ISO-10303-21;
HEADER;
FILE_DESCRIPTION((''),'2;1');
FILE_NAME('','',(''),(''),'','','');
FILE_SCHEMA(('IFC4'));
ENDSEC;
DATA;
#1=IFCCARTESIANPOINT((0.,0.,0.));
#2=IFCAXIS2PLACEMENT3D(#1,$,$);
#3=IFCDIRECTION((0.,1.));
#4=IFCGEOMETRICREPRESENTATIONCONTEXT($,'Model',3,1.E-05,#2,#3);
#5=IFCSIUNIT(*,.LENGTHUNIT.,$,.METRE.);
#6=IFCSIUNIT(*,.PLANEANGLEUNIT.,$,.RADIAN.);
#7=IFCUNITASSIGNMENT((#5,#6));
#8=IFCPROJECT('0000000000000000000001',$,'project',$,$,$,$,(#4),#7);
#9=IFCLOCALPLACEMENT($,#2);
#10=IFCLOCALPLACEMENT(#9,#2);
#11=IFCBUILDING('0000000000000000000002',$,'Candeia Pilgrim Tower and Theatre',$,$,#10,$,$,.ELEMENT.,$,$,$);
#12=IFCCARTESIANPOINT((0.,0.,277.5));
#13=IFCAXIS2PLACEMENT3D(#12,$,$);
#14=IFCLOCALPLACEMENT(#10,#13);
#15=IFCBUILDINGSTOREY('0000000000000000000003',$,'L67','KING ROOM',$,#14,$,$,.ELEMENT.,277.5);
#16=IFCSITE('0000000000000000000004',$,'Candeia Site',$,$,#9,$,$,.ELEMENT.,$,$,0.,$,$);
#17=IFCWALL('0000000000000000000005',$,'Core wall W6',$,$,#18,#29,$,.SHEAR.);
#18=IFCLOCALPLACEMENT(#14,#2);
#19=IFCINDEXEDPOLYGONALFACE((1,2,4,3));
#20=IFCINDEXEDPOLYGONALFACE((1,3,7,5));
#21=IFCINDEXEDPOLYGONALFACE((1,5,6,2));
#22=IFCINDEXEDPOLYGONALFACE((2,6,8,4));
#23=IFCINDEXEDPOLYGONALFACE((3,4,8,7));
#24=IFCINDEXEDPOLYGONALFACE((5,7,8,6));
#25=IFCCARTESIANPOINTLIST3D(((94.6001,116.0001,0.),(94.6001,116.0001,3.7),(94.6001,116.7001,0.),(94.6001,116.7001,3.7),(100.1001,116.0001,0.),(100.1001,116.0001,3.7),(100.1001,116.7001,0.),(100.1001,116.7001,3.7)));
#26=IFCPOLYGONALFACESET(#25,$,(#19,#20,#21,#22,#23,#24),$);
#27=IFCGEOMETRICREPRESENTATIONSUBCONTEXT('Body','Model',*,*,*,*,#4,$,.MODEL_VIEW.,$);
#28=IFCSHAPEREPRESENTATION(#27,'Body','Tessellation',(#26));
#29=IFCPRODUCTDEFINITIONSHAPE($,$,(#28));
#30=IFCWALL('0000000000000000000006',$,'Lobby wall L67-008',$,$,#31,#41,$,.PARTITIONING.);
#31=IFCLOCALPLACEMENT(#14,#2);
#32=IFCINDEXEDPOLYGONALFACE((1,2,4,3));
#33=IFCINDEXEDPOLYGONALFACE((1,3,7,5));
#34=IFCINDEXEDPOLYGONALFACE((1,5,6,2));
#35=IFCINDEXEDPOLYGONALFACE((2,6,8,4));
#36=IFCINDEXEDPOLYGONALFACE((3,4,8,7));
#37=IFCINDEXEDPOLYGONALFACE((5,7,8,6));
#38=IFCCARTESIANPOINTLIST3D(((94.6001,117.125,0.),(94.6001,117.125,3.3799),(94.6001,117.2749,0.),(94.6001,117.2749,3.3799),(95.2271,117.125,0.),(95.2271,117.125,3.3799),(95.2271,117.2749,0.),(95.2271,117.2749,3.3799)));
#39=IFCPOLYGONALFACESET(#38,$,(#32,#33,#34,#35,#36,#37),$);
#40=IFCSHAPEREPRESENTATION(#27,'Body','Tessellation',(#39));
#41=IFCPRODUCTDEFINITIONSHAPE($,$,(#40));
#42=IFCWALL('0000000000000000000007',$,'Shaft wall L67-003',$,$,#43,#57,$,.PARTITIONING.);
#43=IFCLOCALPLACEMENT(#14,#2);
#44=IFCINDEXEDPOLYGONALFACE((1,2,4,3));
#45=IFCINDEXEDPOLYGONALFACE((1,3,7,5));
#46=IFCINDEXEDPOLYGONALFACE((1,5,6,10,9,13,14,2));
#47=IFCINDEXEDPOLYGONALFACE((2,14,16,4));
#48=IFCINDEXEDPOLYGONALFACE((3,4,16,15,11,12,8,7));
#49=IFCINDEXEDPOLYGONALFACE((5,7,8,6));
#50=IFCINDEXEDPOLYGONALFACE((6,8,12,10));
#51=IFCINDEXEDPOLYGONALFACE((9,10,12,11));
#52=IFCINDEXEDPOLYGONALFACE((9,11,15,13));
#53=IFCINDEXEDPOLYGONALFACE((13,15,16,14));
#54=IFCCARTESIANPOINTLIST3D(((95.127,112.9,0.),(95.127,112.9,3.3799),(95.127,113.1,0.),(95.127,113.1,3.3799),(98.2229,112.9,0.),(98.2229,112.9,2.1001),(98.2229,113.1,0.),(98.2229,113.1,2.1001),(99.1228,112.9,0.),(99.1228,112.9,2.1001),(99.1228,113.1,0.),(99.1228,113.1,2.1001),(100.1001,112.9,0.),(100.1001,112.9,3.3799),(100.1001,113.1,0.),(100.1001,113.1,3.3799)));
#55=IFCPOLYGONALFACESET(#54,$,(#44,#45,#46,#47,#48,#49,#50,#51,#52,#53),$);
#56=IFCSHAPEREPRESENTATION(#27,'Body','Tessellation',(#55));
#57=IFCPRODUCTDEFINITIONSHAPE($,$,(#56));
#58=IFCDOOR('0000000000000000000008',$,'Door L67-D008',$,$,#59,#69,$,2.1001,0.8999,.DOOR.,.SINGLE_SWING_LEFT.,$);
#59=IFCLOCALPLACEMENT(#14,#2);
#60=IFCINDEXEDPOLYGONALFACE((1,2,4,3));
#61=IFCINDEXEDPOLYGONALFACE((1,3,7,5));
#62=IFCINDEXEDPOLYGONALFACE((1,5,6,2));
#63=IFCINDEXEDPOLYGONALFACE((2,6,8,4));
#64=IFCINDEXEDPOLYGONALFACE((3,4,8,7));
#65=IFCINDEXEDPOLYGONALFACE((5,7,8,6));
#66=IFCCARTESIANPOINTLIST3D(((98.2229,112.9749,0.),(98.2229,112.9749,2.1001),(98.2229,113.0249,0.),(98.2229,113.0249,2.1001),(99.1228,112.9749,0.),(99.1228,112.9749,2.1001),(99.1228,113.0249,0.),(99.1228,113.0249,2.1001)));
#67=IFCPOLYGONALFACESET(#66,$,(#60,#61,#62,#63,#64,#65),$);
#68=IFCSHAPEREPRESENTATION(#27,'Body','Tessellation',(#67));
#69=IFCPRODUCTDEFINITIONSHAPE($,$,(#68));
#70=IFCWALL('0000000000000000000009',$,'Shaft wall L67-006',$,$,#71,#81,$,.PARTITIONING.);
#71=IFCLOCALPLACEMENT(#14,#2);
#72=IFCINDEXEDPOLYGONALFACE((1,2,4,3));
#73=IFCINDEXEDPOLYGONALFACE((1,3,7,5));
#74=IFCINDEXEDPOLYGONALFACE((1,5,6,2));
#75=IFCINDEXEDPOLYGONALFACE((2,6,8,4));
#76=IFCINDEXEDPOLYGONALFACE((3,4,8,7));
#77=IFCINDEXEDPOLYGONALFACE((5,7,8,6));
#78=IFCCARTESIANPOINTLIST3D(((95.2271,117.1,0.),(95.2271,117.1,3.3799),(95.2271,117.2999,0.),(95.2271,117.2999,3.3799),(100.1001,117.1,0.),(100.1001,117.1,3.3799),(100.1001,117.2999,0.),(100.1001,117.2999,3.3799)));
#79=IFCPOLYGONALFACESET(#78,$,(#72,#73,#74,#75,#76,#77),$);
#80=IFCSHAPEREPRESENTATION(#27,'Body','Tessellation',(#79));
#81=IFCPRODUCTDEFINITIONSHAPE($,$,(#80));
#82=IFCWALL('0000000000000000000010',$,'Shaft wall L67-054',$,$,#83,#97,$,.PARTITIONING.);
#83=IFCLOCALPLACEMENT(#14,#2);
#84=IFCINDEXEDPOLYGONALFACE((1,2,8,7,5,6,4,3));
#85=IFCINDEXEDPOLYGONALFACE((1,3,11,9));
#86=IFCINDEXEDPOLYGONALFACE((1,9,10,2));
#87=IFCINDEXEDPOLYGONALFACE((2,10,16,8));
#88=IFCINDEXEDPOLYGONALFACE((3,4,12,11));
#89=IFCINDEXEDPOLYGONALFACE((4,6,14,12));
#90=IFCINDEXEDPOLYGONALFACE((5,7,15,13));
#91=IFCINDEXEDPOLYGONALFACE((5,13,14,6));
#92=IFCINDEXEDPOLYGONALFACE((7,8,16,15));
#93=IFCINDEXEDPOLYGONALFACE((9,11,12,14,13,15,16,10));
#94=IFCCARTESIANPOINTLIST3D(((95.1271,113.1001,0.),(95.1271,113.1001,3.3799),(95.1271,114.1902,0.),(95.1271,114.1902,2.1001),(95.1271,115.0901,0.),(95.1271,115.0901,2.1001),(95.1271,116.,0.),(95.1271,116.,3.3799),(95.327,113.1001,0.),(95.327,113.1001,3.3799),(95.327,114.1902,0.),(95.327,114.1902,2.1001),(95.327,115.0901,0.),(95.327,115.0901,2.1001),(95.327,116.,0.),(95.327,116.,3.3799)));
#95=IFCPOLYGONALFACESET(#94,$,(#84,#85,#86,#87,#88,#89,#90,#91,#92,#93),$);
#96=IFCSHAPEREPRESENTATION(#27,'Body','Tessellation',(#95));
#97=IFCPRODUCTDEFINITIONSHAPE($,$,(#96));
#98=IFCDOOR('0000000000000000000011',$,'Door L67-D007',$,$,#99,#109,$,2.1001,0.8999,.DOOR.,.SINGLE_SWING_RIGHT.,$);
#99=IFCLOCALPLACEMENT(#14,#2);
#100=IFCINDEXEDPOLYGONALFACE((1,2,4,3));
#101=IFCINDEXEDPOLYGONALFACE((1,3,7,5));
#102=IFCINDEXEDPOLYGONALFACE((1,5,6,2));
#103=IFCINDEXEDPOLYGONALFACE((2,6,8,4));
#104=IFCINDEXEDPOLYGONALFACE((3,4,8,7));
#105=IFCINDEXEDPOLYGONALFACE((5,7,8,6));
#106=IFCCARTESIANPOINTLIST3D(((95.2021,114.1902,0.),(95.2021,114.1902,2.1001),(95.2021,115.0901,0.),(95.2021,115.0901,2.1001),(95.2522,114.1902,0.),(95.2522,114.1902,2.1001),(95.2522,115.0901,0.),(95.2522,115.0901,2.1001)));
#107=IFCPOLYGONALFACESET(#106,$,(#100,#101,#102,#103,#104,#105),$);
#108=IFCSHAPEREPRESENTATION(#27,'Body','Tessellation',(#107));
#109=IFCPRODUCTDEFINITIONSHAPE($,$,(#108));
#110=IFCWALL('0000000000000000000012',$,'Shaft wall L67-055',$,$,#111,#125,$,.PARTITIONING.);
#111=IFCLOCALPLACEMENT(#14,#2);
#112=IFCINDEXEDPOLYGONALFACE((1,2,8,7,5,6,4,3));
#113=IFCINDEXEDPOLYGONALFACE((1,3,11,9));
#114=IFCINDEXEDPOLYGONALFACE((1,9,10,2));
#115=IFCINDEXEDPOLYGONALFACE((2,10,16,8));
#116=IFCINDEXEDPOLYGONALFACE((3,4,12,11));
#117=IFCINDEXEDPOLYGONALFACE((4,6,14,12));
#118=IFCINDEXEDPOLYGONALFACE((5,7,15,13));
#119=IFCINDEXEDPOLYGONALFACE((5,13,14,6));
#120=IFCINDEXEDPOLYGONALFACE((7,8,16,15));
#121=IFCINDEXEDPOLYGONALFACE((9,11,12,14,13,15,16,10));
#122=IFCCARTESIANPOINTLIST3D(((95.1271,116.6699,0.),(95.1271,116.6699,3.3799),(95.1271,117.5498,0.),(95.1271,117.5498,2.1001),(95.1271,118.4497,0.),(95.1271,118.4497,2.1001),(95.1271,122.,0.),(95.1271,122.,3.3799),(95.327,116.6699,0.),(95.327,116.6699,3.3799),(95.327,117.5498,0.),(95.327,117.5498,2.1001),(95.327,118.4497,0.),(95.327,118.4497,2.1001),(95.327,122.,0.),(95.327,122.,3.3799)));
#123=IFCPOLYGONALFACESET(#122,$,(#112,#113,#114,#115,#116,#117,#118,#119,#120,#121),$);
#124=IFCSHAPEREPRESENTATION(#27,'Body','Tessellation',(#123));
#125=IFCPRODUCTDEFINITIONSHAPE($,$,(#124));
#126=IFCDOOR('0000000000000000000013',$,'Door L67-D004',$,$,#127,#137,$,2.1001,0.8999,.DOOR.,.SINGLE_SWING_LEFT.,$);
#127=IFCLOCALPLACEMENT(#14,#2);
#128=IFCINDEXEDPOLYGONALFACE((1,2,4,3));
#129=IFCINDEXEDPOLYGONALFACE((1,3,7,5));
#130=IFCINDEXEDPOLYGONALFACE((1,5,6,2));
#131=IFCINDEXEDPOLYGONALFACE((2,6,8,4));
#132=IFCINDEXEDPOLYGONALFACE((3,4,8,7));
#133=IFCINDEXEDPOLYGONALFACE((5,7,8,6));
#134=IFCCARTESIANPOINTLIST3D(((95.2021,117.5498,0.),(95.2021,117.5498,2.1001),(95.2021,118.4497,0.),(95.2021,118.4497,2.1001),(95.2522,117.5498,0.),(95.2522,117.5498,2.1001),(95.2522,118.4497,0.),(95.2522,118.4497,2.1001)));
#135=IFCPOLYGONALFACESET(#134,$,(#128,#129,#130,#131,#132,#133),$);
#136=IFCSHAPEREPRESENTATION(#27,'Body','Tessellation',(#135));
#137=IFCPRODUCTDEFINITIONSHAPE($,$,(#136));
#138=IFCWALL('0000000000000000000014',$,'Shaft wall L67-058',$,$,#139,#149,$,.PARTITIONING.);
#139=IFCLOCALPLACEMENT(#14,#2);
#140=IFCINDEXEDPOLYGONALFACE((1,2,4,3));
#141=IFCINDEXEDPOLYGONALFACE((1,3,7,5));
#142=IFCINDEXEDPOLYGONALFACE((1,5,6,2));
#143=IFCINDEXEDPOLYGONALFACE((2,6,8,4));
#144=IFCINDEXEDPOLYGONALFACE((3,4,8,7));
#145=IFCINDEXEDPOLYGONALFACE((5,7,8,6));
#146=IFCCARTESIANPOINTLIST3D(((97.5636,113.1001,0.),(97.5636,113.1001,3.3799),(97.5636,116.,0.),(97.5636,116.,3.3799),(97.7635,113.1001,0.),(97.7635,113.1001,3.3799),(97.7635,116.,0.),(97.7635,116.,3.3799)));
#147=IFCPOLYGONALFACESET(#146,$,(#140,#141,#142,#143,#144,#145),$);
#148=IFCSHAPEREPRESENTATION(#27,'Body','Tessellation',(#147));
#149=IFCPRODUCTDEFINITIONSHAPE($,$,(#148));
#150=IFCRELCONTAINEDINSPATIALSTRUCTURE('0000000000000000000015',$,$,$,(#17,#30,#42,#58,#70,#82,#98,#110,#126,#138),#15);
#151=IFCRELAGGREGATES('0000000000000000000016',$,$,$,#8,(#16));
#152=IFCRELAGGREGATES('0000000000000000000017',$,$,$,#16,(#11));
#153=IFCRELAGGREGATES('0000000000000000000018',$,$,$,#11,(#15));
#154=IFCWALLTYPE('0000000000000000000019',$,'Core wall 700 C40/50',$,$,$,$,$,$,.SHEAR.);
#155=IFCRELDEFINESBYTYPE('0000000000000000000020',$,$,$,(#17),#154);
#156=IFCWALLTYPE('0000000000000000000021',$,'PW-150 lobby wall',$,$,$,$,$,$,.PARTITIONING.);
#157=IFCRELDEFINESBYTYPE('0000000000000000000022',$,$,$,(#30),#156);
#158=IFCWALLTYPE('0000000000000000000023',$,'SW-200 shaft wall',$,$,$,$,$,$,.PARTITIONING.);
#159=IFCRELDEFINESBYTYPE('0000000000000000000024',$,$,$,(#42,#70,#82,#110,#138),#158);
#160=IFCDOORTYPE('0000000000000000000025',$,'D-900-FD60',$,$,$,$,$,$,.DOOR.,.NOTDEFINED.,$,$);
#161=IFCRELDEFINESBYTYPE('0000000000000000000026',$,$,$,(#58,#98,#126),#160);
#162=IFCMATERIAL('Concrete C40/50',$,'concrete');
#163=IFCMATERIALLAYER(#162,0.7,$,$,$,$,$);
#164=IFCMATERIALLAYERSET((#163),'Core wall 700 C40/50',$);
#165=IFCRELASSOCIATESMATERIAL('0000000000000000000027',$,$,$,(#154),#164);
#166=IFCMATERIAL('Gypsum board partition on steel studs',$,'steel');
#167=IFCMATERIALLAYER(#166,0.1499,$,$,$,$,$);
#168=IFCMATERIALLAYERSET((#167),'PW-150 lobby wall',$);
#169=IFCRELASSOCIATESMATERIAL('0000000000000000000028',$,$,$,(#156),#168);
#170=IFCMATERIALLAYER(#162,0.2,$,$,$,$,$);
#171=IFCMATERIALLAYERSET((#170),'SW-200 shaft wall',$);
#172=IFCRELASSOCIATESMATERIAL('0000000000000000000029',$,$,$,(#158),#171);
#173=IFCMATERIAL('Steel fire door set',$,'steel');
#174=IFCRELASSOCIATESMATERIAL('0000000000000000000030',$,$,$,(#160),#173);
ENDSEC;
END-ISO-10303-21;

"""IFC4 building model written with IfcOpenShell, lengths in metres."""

from ifc_helpers import new_model, si_unit, direction, frame, frame_2d, origin, place, context, subcontext, project, spatial, rectangle, extrude, material, layer, layer_set, type_object, element, fill, save


model = new_model("IFC4")

# Units and contexts
model_context = context("Model", 3, precision=1e-05, world=origin(), true_north=direction((0.0, 1.0)))
body_context = subcontext(model_context, "Body", "Model", "MODEL_VIEW")
ifc_project = project(units=[si_unit("LENGTHUNIT", "METRE"), si_unit("PLANEANGLEUNIT", "RADIAN")], contexts=[model_context])

# Site, building, storey
site_placement = place(None, origin())
site = spatial("IfcSite", under=ifc_project, at=site_placement, Name="Candeia Site", CompositionType="ELEMENT", RefElevation=0.0)
building_placement = place(site_placement, origin())
building = spatial("IfcBuilding", under=site, at=building_placement, Name="Candeia Pilgrim Tower and Theatre", CompositionType="ELEMENT")
storey_placement = place(building_placement, frame((0.0, 0.0, 277.5)))
storey = spatial("IfcBuildingStorey", under=building, at=storey_placement, Name="L67", Description="KING ROOM", CompositionType="ELEMENT", Elevation=277.5)

# Walls
ifc_material_1 = material(Name="Concrete C40/50", Category="concrete")
ifc_layer_1 = layer(ifc_material_1, 0.7)
ifc_layer_set_1 = layer_set([ifc_layer_1], Name="Core wall 700 C40/50")
wall_type_1 = type_object("IfcWallType", Name="Core wall 700 C40/50", PredefinedType="SHEAR", material=ifc_layer_set_1)
wall_1_placement = place(storey_placement, frame((94.6001, 116.3501, 0.0), z_axis=(0.0, 0.0, 1.0), x_axis=(1.0, 0.0, 0.0)))
element("IfcWall", 1, at=wall_1_placement, inside=storey, type_object=wall_type_1, Name="Core wall W6", PredefinedType="SHEAR", context=body_context, shape_type="SweptSolid", body=[
    extrude(rectangle(XDim=5.5, YDim=0.7, at=frame_2d((2.75, 0.0))), origin(), (0.0, 0.0, 1.0), 3.7),
])
ifc_material_2 = material(Name="Gypsum board partition on steel studs", Category="steel")
ifc_layer_2 = layer(ifc_material_2, 0.1499)
ifc_layer_set_2 = layer_set([ifc_layer_2], Name="PW-150 lobby wall")
wall_type_2 = type_object("IfcWallType", Name="PW-150 lobby wall", PredefinedType="PARTITIONING", material=ifc_layer_set_2)
wall_2_placement = place(storey_placement, frame((94.6001, 117.2, 0.0), z_axis=(0.0, 0.0, 1.0), x_axis=(1.0, 0.0, 0.0)))
element("IfcWall", 2, at=wall_2_placement, inside=storey, type_object=wall_type_2, Name="Lobby wall L67-008", PredefinedType="PARTITIONING", context=body_context, shape_type="SweptSolid", body=[
    extrude(rectangle(XDim=0.627, YDim=0.1499, at=frame_2d((0.3135, 0.0))), origin(), (0.0, 0.0, 1.0), 3.3799),
])

# Wall, opening, door
ifc_layer_3 = layer(ifc_material_1, 0.2)
ifc_layer_set_3 = layer_set([ifc_layer_3], Name="SW-200 shaft wall")
wall_type_3 = type_object("IfcWallType", Name="SW-200 shaft wall", PredefinedType="PARTITIONING", material=ifc_layer_set_3)
wall_3_placement = place(storey_placement, frame((95.127, 113.0, 0.0), z_axis=(0.0, 0.0, 1.0), x_axis=(1.0, 0.0, 0.0)))
wall_3 = element("IfcWall", 3, at=wall_3_placement, inside=storey, type_object=wall_type_3, Name="Shaft wall L67-003", PredefinedType="PARTITIONING", context=body_context, shape_type="SweptSolid", body=[
    extrude(rectangle(XDim=4.9731, YDim=0.2, at=frame_2d((2.4866, 0.0))), origin(), (0.0, 0.0, 1.0), 3.3799),
])
opening_1_placement = place(wall_3_placement, frame((3.0959, 0.0, 0.0)))
opening_1 = element("IfcOpeningElement", 4, at=opening_1_placement, cuts=wall_3, PredefinedType="OPENING", context=body_context, shape_type="SweptSolid", body=[
    extrude(rectangle(XDim=0.8999, YDim=2.1001, at=frame_2d((0.45, 1.05))), frame((0.0, 0.1099, 0.0), z_axis=(0.0, -1.0, 0.0), x_axis=(1.0, 0.0, 0.0)), (0.0, 0.0, 1.0), 0.22),
])
ifc_material_3 = material(Name="Steel fire door set", Category="steel")
door_type_1 = type_object("IfcDoorType", Name="D-900-FD60", OperationType="NOTDEFINED", PredefinedType="DOOR", material=ifc_material_3)
door_1_placement = place(opening_1_placement, origin())
door_1 = element("IfcDoor", 5, at=door_1_placement, inside=storey, type_object=door_type_1, Name="Door L67-D008", OperationType="SINGLE_SWING_LEFT", OverallHeight=2.1001, OverallWidth=0.8999, PredefinedType="DOOR", context=body_context, shape_type="SweptSolid", body=[
    extrude(rectangle(XDim=0.8999, YDim=2.1001, at=frame_2d((0.45, 1.05))), frame((0.0, 0.0249, 0.0), z_axis=(0.0, -1.0, 0.0), x_axis=(1.0, 0.0, 0.0)), (0.0, 0.0, 1.0), 0.05),
])
fill(opening_1, door_1)

# Wall
wall_4_placement = place(storey_placement, frame((95.2271, 117.2, 0.0), z_axis=(0.0, 0.0, 1.0), x_axis=(1.0, 0.0, 0.0)))
element("IfcWall", 6, at=wall_4_placement, inside=storey, type_object=wall_type_3, Name="Shaft wall L67-006", PredefinedType="PARTITIONING", context=body_context, shape_type="SweptSolid", body=[
    extrude(rectangle(XDim=4.873, YDim=0.2, at=frame_2d((2.4365, 0.0))), origin(), (0.0, 0.0, 1.0), 3.3799),
])

# Walls, openings, doors
wall_5_placement = place(storey_placement, frame((95.2271, 113.1001, 0.0), z_axis=(0.0, 0.0, 1.0), x_axis=(0.0, 1.0, 0.0)))
wall_5 = element("IfcWall", 7, at=wall_5_placement, inside=storey, type_object=wall_type_3, Name="Shaft wall L67-054", PredefinedType="PARTITIONING", context=body_context, shape_type="SweptSolid", body=[
    extrude(rectangle(XDim=2.8999, YDim=0.2, at=frame_2d((1.45, 0.0))), origin(), (0.0, 0.0, 1.0), 3.3799),
])
opening_2_placement = place(wall_5_placement, frame((1.0901, 0.0, 0.0)))
opening_2 = element("IfcOpeningElement", 8, at=opening_2_placement, cuts=wall_5, PredefinedType="OPENING", context=body_context, shape_type="SweptSolid", body=[
    extrude(rectangle(XDim=0.8999, YDim=2.1001, at=frame_2d((0.45, 1.05))), frame((0.0, 0.1099, 0.0), z_axis=(0.0, -1.0, 0.0), x_axis=(1.0, 0.0, 0.0)), (0.0, 0.0, 1.0), 0.22),
])
door_2_placement = place(opening_2_placement, origin())
door_2 = element("IfcDoor", 9, at=door_2_placement, inside=storey, type_object=door_type_1, Name="Door L67-D007", OperationType="SINGLE_SWING_RIGHT", OverallHeight=2.1001, OverallWidth=0.8999, PredefinedType="DOOR", context=body_context, shape_type="SweptSolid", body=[
    extrude(rectangle(XDim=0.8999, YDim=2.1001, at=frame_2d((0.45, 1.05))), frame((0.0, 0.0249, 0.0), z_axis=(0.0, -1.0, 0.0), x_axis=(1.0, 0.0, 0.0)), (0.0, 0.0, 1.0), 0.05),
])
fill(opening_2, door_2)
wall_6_placement = place(storey_placement, frame((95.2271, 116.6699, 0.0), z_axis=(0.0, 0.0, 1.0), x_axis=(0.0, 1.0, 0.0)))
wall_6 = element("IfcWall", 10, at=wall_6_placement, inside=storey, type_object=wall_type_3, Name="Shaft wall L67-055", PredefinedType="PARTITIONING", context=body_context, shape_type="SweptSolid", body=[
    extrude(rectangle(XDim=5.3301, YDim=0.2, at=frame_2d((2.665, 0.0))), origin(), (0.0, 0.0, 1.0), 3.3799),
])
opening_3_placement = place(wall_6_placement, frame((0.8799, 0.0, 0.0)))
opening_3 = element("IfcOpeningElement", 11, at=opening_3_placement, cuts=wall_6, PredefinedType="OPENING", context=body_context, shape_type="SweptSolid", body=[
    extrude(rectangle(XDim=0.8999, YDim=2.1001, at=frame_2d((0.45, 1.05))), frame((0.0, 0.1099, 0.0), z_axis=(0.0, -1.0, 0.0), x_axis=(1.0, 0.0, 0.0)), (0.0, 0.0, 1.0), 0.22),
])
door_3_placement = place(opening_3_placement, origin())
door_3 = element("IfcDoor", 12, at=door_3_placement, inside=storey, type_object=door_type_1, Name="Door L67-D004", OperationType="SINGLE_SWING_LEFT", OverallHeight=2.1001, OverallWidth=0.8999, PredefinedType="DOOR", context=body_context, shape_type="SweptSolid", body=[
    extrude(rectangle(XDim=0.8999, YDim=2.1001, at=frame_2d((0.45, 1.05))), frame((0.0, 0.0249, 0.0), z_axis=(0.0, -1.0, 0.0), x_axis=(1.0, 0.0, 0.0)), (0.0, 0.0, 1.0), 0.05),
])
fill(opening_3, door_3)

# Wall
wall_7_placement = place(storey_placement, frame((97.6636, 113.1001, 0.0), z_axis=(0.0, 0.0, 1.0), x_axis=(0.0, 1.0, 0.0)))
element("IfcWall", 13, at=wall_7_placement, inside=storey, type_object=wall_type_3, Name="Shaft wall L67-058", PredefinedType="PARTITIONING", context=body_context, shape_type="SweptSolid", body=[
    extrude(rectangle(XDim=2.8999, YDim=0.2, at=frame_2d((1.45, 0.0))), origin(), (0.0, 0.0, 1.0), 3.3799),
])

save(model, "model.ifc")
